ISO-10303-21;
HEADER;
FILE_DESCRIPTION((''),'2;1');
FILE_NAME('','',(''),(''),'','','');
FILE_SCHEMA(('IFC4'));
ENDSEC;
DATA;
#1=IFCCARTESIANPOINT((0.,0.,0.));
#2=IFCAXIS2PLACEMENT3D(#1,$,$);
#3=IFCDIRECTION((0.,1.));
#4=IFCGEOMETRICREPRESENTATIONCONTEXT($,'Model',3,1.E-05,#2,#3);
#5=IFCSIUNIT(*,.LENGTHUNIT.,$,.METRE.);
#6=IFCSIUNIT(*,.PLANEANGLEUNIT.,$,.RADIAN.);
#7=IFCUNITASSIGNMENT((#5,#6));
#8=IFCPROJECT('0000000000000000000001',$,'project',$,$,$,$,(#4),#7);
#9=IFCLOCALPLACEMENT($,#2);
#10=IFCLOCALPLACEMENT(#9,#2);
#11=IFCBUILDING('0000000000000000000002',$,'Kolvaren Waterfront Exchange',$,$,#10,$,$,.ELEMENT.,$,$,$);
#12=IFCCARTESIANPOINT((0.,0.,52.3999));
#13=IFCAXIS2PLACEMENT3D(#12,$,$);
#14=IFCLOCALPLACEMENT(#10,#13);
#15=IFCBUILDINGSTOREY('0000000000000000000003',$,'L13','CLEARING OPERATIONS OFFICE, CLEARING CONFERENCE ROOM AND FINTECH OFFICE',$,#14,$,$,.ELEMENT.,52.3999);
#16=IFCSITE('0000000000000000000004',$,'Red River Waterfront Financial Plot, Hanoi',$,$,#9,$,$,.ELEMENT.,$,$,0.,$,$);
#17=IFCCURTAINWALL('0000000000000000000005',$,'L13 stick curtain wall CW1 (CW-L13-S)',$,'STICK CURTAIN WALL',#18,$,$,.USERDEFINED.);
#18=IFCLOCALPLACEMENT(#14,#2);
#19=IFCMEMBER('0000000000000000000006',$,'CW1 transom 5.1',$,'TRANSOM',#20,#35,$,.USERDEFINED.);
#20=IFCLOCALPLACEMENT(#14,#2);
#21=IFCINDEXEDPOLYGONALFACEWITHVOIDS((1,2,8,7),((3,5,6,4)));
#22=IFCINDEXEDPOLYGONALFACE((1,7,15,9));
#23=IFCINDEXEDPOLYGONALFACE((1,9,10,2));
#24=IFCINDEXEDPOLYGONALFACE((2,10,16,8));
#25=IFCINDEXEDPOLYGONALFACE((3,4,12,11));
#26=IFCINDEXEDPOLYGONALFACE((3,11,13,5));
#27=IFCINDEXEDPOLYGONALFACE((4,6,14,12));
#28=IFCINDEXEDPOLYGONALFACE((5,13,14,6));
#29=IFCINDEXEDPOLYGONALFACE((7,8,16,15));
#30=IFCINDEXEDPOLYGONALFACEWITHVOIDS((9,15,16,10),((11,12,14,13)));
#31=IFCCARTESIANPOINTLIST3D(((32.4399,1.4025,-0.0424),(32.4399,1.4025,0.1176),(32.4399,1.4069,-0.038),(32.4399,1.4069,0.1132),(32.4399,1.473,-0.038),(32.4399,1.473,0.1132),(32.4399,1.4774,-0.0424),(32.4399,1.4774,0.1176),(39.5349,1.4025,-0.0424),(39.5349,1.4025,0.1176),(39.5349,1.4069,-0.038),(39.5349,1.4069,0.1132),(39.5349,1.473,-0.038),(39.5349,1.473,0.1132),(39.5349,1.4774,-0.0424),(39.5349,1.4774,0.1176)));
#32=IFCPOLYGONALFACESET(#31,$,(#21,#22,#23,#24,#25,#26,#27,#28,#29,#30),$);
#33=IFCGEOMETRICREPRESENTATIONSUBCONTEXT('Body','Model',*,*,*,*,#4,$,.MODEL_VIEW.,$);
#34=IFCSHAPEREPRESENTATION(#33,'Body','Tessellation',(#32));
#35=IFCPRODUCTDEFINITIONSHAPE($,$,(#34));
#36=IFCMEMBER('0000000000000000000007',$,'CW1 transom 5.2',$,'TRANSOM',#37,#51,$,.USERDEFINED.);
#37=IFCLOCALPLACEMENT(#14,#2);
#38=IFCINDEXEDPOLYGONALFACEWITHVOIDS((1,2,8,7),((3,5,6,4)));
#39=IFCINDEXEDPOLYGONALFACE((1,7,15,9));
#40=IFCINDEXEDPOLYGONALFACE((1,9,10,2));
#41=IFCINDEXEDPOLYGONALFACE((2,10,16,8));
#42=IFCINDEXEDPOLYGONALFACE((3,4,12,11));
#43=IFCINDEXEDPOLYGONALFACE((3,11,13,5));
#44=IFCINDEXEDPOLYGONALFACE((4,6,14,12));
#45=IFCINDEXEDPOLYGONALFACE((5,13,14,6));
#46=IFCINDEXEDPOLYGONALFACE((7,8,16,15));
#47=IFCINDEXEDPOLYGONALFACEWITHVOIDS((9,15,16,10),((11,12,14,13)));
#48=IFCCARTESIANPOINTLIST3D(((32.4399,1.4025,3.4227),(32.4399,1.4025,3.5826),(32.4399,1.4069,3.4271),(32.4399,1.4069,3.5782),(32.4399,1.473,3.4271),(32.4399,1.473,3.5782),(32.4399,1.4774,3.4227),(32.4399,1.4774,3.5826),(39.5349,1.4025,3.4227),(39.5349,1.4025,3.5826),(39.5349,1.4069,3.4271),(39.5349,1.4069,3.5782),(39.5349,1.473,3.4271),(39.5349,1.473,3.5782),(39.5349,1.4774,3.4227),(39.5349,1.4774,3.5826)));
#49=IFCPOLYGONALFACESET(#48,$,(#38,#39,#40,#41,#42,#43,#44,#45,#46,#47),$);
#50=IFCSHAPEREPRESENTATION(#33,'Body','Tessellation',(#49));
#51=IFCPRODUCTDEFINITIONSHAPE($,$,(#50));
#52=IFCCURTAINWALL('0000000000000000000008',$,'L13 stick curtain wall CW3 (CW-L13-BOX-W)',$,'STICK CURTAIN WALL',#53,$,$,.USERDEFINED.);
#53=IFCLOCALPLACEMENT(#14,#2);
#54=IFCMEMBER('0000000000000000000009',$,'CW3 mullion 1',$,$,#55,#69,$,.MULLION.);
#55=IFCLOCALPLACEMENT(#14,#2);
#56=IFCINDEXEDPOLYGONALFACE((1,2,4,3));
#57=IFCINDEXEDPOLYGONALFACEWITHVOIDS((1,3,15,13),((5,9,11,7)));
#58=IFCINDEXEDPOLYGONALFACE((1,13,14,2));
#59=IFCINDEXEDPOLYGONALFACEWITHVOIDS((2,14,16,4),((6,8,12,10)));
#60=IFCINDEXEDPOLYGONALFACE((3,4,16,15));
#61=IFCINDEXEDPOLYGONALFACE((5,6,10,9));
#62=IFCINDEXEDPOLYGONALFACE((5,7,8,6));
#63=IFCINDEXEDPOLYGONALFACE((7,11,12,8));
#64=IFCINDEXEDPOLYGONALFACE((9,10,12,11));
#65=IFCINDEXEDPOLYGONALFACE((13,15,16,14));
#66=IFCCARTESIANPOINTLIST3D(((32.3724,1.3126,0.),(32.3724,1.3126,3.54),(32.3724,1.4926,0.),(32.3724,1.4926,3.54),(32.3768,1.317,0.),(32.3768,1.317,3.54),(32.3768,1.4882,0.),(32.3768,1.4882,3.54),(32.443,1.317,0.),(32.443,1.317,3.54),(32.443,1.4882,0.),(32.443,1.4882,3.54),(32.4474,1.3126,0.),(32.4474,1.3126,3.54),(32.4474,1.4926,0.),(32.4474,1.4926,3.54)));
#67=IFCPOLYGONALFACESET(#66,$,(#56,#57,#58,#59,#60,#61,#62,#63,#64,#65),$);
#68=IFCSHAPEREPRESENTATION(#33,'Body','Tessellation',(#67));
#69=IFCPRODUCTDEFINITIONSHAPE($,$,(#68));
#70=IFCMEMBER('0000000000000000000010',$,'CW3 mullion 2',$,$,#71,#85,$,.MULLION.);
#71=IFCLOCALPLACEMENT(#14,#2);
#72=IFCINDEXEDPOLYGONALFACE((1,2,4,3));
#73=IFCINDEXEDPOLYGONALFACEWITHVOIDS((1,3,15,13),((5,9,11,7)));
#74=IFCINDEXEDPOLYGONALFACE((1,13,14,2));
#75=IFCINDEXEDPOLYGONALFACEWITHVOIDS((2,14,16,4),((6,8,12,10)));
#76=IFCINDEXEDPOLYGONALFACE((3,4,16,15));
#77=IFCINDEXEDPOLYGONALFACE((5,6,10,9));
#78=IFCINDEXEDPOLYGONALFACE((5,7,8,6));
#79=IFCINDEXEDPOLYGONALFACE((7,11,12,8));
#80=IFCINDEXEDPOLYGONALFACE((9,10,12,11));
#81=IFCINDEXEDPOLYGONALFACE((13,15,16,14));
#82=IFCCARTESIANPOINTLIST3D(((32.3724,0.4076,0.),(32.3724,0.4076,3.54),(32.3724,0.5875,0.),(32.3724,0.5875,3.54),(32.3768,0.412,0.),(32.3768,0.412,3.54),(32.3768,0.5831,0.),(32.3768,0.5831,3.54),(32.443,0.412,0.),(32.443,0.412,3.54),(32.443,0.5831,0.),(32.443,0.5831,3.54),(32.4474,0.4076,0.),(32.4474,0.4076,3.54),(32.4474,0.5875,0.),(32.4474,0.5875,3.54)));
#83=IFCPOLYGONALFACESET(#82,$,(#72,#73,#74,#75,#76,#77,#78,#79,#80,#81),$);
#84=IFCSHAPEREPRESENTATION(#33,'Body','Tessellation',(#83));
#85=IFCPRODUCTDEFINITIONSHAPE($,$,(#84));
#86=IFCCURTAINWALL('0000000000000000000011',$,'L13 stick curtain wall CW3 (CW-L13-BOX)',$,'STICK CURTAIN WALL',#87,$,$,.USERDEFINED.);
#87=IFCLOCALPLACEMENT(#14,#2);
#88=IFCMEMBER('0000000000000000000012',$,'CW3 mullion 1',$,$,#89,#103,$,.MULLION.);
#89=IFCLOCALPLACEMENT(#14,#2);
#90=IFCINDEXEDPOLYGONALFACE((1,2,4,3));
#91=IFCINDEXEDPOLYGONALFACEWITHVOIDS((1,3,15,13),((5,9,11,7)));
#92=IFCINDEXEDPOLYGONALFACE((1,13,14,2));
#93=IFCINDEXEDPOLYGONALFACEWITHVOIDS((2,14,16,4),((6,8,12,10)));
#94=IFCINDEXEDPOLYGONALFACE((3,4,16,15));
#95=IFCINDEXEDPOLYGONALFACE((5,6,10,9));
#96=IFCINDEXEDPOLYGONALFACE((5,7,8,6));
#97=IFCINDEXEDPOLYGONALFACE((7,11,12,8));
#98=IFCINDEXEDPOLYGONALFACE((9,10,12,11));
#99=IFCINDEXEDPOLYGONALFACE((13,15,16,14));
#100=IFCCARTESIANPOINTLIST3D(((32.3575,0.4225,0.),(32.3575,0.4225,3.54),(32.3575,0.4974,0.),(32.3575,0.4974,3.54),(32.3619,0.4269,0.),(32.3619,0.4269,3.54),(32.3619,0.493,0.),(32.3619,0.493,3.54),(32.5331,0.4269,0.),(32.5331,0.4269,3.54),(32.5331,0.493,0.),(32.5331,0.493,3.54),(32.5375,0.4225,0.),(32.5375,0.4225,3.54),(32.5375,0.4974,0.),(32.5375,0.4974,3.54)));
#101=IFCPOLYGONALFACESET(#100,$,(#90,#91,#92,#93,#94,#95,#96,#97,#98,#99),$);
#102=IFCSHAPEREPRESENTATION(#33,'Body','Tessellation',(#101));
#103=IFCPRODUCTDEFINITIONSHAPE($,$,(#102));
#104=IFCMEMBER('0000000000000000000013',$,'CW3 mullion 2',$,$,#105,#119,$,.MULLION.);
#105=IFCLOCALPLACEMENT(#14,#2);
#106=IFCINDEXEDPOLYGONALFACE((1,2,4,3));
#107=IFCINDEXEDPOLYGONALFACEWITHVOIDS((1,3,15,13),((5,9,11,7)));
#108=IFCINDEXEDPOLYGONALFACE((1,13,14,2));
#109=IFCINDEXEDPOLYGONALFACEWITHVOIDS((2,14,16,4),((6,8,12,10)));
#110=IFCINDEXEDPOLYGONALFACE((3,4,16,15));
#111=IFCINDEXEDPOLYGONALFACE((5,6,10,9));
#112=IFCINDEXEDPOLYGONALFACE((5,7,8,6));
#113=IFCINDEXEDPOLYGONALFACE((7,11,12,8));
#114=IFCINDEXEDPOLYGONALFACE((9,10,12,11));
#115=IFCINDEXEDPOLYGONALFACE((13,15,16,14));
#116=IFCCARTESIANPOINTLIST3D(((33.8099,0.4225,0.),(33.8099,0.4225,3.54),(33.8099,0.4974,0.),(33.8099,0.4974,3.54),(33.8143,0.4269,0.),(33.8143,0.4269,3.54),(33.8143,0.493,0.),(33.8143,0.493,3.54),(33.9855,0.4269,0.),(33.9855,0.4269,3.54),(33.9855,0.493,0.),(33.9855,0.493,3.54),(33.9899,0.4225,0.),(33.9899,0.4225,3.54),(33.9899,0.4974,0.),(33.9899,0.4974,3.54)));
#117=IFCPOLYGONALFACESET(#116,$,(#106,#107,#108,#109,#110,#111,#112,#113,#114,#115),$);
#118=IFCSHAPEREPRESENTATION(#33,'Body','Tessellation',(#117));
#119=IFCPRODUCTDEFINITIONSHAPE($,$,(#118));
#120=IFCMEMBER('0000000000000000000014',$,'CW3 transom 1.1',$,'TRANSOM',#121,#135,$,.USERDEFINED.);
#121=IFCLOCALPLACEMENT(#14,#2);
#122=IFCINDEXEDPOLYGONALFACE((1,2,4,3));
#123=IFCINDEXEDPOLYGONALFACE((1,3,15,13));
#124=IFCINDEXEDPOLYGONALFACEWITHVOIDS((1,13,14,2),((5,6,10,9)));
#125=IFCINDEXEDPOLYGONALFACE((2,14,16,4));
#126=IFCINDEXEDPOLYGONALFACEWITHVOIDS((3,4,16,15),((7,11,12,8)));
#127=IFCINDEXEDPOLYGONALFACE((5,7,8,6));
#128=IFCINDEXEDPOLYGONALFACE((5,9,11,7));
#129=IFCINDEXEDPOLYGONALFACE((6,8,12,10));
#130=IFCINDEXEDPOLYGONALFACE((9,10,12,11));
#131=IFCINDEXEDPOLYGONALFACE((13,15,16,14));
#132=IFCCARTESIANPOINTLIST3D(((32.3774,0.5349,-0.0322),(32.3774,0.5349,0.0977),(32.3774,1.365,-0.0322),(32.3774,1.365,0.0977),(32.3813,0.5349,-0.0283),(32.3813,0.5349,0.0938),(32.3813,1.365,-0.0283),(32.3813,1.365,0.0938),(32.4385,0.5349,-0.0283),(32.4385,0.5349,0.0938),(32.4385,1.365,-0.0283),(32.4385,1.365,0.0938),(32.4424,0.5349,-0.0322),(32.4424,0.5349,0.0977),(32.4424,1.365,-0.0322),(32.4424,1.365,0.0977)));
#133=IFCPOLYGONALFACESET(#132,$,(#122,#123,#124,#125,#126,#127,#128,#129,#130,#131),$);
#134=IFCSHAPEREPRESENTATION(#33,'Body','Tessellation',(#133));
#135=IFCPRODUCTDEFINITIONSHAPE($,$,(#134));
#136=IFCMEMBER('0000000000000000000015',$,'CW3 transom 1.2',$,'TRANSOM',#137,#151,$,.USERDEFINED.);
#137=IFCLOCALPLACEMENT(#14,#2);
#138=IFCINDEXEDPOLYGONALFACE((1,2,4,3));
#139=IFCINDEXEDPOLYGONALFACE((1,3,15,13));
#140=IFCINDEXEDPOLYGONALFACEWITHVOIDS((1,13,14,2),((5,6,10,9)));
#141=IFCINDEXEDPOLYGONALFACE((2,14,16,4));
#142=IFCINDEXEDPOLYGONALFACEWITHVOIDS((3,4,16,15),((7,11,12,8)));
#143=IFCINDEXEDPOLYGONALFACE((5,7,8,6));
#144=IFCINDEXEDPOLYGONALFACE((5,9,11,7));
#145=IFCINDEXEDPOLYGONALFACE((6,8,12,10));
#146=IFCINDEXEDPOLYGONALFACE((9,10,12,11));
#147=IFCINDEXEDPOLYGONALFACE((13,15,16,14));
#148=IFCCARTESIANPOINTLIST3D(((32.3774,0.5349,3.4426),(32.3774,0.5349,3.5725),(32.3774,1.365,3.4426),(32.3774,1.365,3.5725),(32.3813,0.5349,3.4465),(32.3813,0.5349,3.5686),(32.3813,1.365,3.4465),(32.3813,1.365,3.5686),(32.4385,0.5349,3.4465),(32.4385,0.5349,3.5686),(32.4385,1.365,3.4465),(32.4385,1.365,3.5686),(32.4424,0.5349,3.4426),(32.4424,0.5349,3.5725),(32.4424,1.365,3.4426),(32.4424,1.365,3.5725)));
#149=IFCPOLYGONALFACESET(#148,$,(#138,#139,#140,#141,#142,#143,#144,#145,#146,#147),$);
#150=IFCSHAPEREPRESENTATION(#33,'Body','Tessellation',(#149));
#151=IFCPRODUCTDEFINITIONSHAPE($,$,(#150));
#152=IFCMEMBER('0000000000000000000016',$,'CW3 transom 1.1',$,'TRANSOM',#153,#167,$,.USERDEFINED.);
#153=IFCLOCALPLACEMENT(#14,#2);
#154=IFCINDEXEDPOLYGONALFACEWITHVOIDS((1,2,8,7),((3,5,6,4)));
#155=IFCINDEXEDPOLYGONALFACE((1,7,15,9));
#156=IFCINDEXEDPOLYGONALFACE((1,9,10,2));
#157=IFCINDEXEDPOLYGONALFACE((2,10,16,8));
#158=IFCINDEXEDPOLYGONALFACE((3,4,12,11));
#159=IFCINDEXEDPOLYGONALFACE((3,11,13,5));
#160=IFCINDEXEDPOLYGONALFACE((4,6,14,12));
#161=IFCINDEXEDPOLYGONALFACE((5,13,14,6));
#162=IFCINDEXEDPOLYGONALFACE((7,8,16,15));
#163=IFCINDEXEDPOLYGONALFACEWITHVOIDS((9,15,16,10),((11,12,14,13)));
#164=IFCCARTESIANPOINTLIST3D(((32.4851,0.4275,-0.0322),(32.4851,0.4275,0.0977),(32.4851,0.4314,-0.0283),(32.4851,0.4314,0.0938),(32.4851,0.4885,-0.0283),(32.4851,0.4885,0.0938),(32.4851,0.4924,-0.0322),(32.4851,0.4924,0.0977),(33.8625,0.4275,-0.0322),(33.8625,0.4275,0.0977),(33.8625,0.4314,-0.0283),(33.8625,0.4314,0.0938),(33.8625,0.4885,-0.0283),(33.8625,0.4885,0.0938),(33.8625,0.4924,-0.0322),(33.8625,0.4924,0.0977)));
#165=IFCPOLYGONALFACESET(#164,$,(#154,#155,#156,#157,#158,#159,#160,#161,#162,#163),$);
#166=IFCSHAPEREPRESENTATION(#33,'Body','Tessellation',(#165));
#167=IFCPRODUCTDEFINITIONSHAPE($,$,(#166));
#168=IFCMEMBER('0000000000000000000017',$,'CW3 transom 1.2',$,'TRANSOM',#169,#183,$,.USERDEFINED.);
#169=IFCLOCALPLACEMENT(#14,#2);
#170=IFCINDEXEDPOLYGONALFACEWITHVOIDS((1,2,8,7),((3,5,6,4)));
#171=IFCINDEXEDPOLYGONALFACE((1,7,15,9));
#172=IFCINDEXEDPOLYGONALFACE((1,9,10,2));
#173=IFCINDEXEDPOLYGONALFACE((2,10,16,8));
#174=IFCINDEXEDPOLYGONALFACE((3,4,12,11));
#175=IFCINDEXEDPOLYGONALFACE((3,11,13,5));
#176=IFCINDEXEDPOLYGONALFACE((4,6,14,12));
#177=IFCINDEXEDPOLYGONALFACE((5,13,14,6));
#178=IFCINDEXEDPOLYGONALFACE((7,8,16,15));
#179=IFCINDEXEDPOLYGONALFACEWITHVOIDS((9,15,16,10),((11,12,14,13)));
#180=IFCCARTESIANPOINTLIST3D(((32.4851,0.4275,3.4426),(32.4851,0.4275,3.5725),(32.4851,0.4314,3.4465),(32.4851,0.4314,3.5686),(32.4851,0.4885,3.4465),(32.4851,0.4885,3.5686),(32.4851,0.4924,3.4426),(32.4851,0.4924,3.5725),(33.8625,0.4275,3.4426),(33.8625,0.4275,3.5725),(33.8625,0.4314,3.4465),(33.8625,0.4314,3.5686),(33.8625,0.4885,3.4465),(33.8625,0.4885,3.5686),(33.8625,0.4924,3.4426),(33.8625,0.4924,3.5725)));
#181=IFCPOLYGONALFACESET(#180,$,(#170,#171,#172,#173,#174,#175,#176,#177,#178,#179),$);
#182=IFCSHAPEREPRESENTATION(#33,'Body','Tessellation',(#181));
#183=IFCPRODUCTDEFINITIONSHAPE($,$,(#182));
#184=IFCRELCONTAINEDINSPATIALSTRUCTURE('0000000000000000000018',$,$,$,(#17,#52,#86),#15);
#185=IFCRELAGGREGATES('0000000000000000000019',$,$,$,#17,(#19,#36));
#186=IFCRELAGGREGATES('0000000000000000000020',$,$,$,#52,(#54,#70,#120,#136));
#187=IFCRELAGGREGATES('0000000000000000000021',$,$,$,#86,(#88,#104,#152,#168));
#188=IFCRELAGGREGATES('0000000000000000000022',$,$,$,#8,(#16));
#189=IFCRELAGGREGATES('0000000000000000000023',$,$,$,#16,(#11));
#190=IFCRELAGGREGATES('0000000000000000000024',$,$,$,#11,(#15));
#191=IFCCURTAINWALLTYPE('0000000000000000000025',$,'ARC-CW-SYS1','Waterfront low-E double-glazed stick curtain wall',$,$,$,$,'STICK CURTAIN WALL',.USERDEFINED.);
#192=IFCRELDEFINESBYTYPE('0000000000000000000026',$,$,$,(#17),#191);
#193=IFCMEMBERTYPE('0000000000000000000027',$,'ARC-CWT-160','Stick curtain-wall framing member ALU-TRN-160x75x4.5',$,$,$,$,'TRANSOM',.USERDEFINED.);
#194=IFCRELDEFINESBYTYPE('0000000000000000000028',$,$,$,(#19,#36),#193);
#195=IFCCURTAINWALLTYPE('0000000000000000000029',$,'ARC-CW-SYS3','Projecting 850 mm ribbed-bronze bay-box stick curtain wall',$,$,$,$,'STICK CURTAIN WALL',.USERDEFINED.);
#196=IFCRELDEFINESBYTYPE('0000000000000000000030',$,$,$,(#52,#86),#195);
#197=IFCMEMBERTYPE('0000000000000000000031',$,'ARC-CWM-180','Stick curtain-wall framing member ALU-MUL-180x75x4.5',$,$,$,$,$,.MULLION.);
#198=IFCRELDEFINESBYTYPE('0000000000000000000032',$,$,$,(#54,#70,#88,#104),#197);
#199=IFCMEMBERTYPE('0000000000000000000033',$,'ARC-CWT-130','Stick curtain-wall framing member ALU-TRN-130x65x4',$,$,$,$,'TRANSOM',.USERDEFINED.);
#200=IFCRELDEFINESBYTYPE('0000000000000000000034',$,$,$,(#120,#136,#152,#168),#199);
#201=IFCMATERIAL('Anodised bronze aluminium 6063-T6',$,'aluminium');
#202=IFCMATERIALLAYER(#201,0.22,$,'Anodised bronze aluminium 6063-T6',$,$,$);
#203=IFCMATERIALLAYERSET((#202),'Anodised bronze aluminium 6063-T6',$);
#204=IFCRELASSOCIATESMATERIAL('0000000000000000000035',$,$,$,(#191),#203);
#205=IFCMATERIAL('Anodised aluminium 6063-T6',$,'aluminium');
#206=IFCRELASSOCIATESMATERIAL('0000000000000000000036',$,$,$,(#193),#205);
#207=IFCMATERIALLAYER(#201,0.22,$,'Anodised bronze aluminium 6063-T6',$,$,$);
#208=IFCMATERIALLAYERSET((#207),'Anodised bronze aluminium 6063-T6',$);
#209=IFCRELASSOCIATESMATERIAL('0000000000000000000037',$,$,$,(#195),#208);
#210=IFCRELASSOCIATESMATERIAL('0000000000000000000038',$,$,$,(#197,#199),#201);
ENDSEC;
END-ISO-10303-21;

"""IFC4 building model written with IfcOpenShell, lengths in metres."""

from ifc_helpers import new_model, si_unit, direction, frame, origin, origin_with_axes, origin_2d, place, context, subcontext, project, spatial, hollow_rectangle, extrude, source, transform, mapped, material, layer, layer_set, material_profile, profile_set, type_object, element, aggregate, save


model = new_model("IFC4")

# Units and contexts
model_context = context("Model", 3, precision=1e-05, world=origin(), true_north=direction((0.0, 1.0)))
body_context = subcontext(model_context, "Body", "Model", "MODEL_VIEW")
ifc_project = project(units=[si_unit("LENGTHUNIT", "METRE"), si_unit("PLANEANGLEUNIT", "RADIAN")], contexts=[model_context])

# Site, building, storey
site_placement = place(None, origin())
site = spatial("IfcSite", under=ifc_project, at=site_placement, Name="Red River Waterfront Financial Plot, Hanoi", CompositionType="ELEMENT", RefElevation=0.0)
building_placement = place(site_placement, origin())
building = spatial("IfcBuilding", under=site, at=building_placement, Name="Kolvaren Waterfront Exchange", CompositionType="ELEMENT")
storey_placement = place(building_placement, frame((0.0, 0.0, 52.3999)))
storey = spatial("IfcBuildingStorey", under=building, at=storey_placement, Name="L13", Description="CLEARING OPERATIONS OFFICE, CLEARING CONFERENCE ROOM AND FINTECH OFFICE", CompositionType="ELEMENT", Elevation=52.3999)

# Curtain walls, members
ifc_material_1 = material(Name="Anodised bronze aluminium 6063-T6", Category="aluminium")
ifc_layer_1 = layer(ifc_material_1, 0.22, Name="Anodised bronze aluminium 6063-T6")
ifc_layer_set_1 = layer_set([ifc_layer_1], Name="Anodised bronze aluminium 6063-T6")
curtain_wall_type_1 = type_object("IfcCurtainWallType", Name="ARC-CW-SYS1", Description="Waterfront low-E double-glazed stick curtain wall", ElementType="STICK CURTAIN WALL", PredefinedType="USERDEFINED", material=ifc_layer_set_1)
curtain_wall_1_placement = place(storey_placement, origin())
curtain_wall_1 = element("IfcCurtainWall", 1, at=curtain_wall_1_placement, inside=storey, type_object=curtain_wall_type_1, Name="L13 stick curtain wall CW1 (CW-L13-S)", ObjectType="STICK CURTAIN WALL", PredefinedType="USERDEFINED")
ifc_material_2 = material(Name="Anodised aluminium 6063-T6", Category="aluminium")
ifc_material_profile_1 = material_profile(ifc_material_2, hollow_rectangle(XDim=0.075, YDim=0.1599, WallThickness=0.0044, at=origin_2d()), Name="ALU-TRN-160x75x4.5")
ifc_profile_set_1 = profile_set([ifc_material_profile_1], Name="Anodised aluminium 6063-T6")
member_type_1 = type_object("IfcMemberType", Name="ARC-CWT-160", Description="Stick curtain-wall framing member ALU-TRN-160x75x4.5", ElementType="TRANSOM", PredefinedType="USERDEFINED", material=ifc_profile_set_1)
shared_shape_1 = source(origin_with_axes(), body_context, "Body", "SweptSolid", [
    extrude(hollow_rectangle(XDim=0.075, YDim=0.1599, WallThickness=0.0044, at=origin_2d()), origin(), (0.0, 0.0, 1.0), 7.095),
])
member_1_placement = place(storey_placement, frame((32.4399, 1.4399, 0.0376), z_axis=(1.0, 0.0, 0.0), x_axis=(0.0, 1.0, 0.0)))
member_1 = element("IfcMember", 2, at=member_1_placement, type_object=member_type_1, Name="CW1 transom 5.1", ObjectType="TRANSOM", PredefinedType="USERDEFINED", context=body_context, shape_type="MappedRepresentation", body=[
    mapped(shared_shape_1, transform((0.0, 0.0, 0.0), x_axis=(1.0, 0.0, 0.0), y_axis=(0.0, 1.0, 0.0), z_axis=(0.0, 0.0, 1.0), scale=1.0)),
])
member_2_placement = place(storey_placement, frame((32.4399, 1.4399, 3.5027), z_axis=(1.0, 0.0, 0.0), x_axis=(0.0, 1.0, 0.0)))
member_2 = element("IfcMember", 3, at=member_2_placement, type_object=member_type_1, Name="CW1 transom 5.2", ObjectType="TRANSOM", PredefinedType="USERDEFINED", context=body_context, shape_type="MappedRepresentation", body=[
    mapped(shared_shape_1, transform((0.0, 0.0, 0.0), x_axis=(1.0, 0.0, 0.0), y_axis=(0.0, 1.0, 0.0), z_axis=(0.0, 0.0, 1.0), scale=1.0)),
])
ifc_layer_2 = layer(ifc_material_1, 0.22, Name="Anodised bronze aluminium 6063-T6")
ifc_layer_set_2 = layer_set([ifc_layer_2], Name="Anodised bronze aluminium 6063-T6")
curtain_wall_type_2 = type_object("IfcCurtainWallType", Name="ARC-CW-SYS3", Description="Projecting 850 mm ribbed-bronze bay-box stick curtain wall", ElementType="STICK CURTAIN WALL", PredefinedType="USERDEFINED", material=ifc_layer_set_2)
curtain_wall_2_placement = place(storey_placement, origin())
curtain_wall_2 = element("IfcCurtainWall", 4, at=curtain_wall_2_placement, inside=storey, type_object=curtain_wall_type_2, Name="L13 stick curtain wall CW3 (CW-L13-BOX-W)", ObjectType="STICK CURTAIN WALL", PredefinedType="USERDEFINED")
ifc_material_profile_2 = material_profile(ifc_material_1, hollow_rectangle(XDim=0.075, YDim=0.1799, WallThickness=0.0044, at=origin_2d()), Name="ALU-MUL-180x75x4.5")
ifc_profile_set_2 = profile_set([ifc_material_profile_2], Name="Anodised bronze aluminium 6063-T6")
member_type_2 = type_object("IfcMemberType", Name="ARC-CWM-180", Description="Stick curtain-wall framing member ALU-MUL-180x75x4.5", PredefinedType="MULLION", material=ifc_profile_set_2)
shared_shape_2 = source(origin_with_axes(), body_context, "Body", "SweptSolid", [
    extrude(hollow_rectangle(XDim=0.075, YDim=0.1799, WallThickness=0.0044, at=origin_2d()), origin(), (0.0, 0.0, 1.0), 3.54),
])
member_3_placement = place(storey_placement, frame((32.4099, 1.4026, 0.0), z_axis=(0.0, 0.0, 1.0), x_axis=(1.0, 0.0, 0.0)))
member_3 = element("IfcMember", 5, at=member_3_placement, type_object=member_type_2, Name="CW3 mullion 1", PredefinedType="MULLION", context=body_context, shape_type="MappedRepresentation", body=[
    mapped(shared_shape_2, transform((0.0, 0.0, 0.0), x_axis=(1.0, 0.0, 0.0), y_axis=(0.0, 1.0, 0.0), z_axis=(0.0, 0.0, 1.0), scale=1.0)),
])
member_4_placement = place(storey_placement, frame((32.4099, 0.4976, 0.0), z_axis=(0.0, 0.0, 1.0), x_axis=(1.0, 0.0, 0.0)))
member_4 = element("IfcMember", 6, at=member_4_placement, type_object=member_type_2, Name="CW3 mullion 2", PredefinedType="MULLION", context=body_context, shape_type="MappedRepresentation", body=[
    mapped(shared_shape_2, transform((0.0, 0.0, 0.0), x_axis=(1.0, 0.0, 0.0), y_axis=(0.0, 1.0, 0.0), z_axis=(0.0, 0.0, 1.0), scale=1.0)),
])
curtain_wall_3_placement = place(storey_placement, origin())
curtain_wall_3 = element("IfcCurtainWall", 7, at=curtain_wall_3_placement, inside=storey, type_object=curtain_wall_type_2, Name="L13 stick curtain wall CW3 (CW-L13-BOX)", ObjectType="STICK CURTAIN WALL", PredefinedType="USERDEFINED")
member_5_placement = place(storey_placement, frame((32.4475, 0.46, 0.0), z_axis=(0.0, 0.0, 1.0), x_axis=(0.0, 1.0, 0.0)))
member_5 = element("IfcMember", 8, at=member_5_placement, type_object=member_type_2, Name="CW3 mullion 1", PredefinedType="MULLION", context=body_context, shape_type="MappedRepresentation", body=[
    mapped(shared_shape_2, transform((0.0, 0.0, 0.0), x_axis=(1.0, 0.0, 0.0), y_axis=(0.0, 1.0, 0.0), z_axis=(0.0, 0.0, 1.0), scale=1.0)),
])
member_6_placement = place(storey_placement, frame((33.8999, 0.46, 0.0), z_axis=(0.0, 0.0, 1.0), x_axis=(0.0, 1.0, 0.0)))
member_6 = element("IfcMember", 9, at=member_6_placement, type_object=member_type_2, Name="CW3 mullion 2", PredefinedType="MULLION", context=body_context, shape_type="MappedRepresentation", body=[
    mapped(shared_shape_2, transform((0.0, 0.0, 0.0), x_axis=(1.0, 0.0, 0.0), y_axis=(0.0, 1.0, 0.0), z_axis=(0.0, 0.0, 1.0), scale=1.0)),
])

# Members
ifc_material_profile_3 = material_profile(ifc_material_1, hollow_rectangle(XDim=0.0649, YDim=0.1299, WallThickness=0.0039, at=origin_2d()), Name="ALU-TRN-130x65x4")
ifc_profile_set_3 = profile_set([ifc_material_profile_3], Name="Anodised bronze aluminium 6063-T6")
member_type_3 = type_object("IfcMemberType", Name="ARC-CWT-130", Description="Stick curtain-wall framing member ALU-TRN-130x65x4", ElementType="TRANSOM", PredefinedType="USERDEFINED", material=ifc_profile_set_3)
shared_shape_3 = source(origin_with_axes(), body_context, "Body", "SweptSolid", [
    extrude(hollow_rectangle(XDim=0.0649, YDim=0.1299, WallThickness=0.0039, at=origin_2d()), origin(), (0.0, 0.0, 1.0), 0.8301),
])
member_7_placement = place(storey_placement, frame((32.4099, 1.365, 0.0327), z_axis=(0.0, -1.0, 0.0), x_axis=(1.0, 0.0, 0.0)))
member_7 = element("IfcMember", 10, at=member_7_placement, type_object=member_type_3, Name="CW3 transom 1.1", ObjectType="TRANSOM", PredefinedType="USERDEFINED", context=body_context, shape_type="MappedRepresentation", body=[
    mapped(shared_shape_3, transform((0.0, 0.0, 0.0), x_axis=(1.0, 0.0, 0.0), y_axis=(0.0, 1.0, 0.0), z_axis=(0.0, 0.0, 1.0), scale=1.0)),
])
member_8_placement = place(storey_placement, frame((32.4099, 1.365, 3.5076), z_axis=(0.0, -1.0, 0.0), x_axis=(1.0, 0.0, 0.0)))
member_8 = element("IfcMember", 11, at=member_8_placement, type_object=member_type_3, Name="CW3 transom 1.2", ObjectType="TRANSOM", PredefinedType="USERDEFINED", context=body_context, shape_type="MappedRepresentation", body=[
    mapped(shared_shape_3, transform((0.0, 0.0, 0.0), x_axis=(1.0, 0.0, 0.0), y_axis=(0.0, 1.0, 0.0), z_axis=(0.0, 0.0, 1.0), scale=1.0)),
])
shared_shape_4 = source(origin_with_axes(), body_context, "Body", "SweptSolid", [
    extrude(hollow_rectangle(XDim=0.0649, YDim=0.1299, WallThickness=0.0039, at=origin_2d()), origin(), (0.0, 0.0, 1.0), 1.3774),
])
member_9_placement = place(storey_placement, frame((32.4851, 0.46, 0.0327), z_axis=(1.0, 0.0, 0.0), x_axis=(0.0, 1.0, 0.0)))
member_9 = element("IfcMember", 12, at=member_9_placement, type_object=member_type_3, Name="CW3 transom 1.1", ObjectType="TRANSOM", PredefinedType="USERDEFINED", context=body_context, shape_type="MappedRepresentation", body=[
    mapped(shared_shape_4, transform((0.0, 0.0, 0.0), x_axis=(1.0, 0.0, 0.0), y_axis=(0.0, 1.0, 0.0), z_axis=(0.0, 0.0, 1.0), scale=1.0)),
])
member_10_placement = place(storey_placement, frame((32.4851, 0.46, 3.5076), z_axis=(1.0, 0.0, 0.0), x_axis=(0.0, 1.0, 0.0)))
member_10 = element("IfcMember", 13, at=member_10_placement, type_object=member_type_3, Name="CW3 transom 1.2", ObjectType="TRANSOM", PredefinedType="USERDEFINED", context=body_context, shape_type="MappedRepresentation", body=[
    mapped(shared_shape_4, transform((0.0, 0.0, 0.0), x_axis=(1.0, 0.0, 0.0), y_axis=(0.0, 1.0, 0.0), z_axis=(0.0, 0.0, 1.0), scale=1.0)),
])
aggregate(curtain_wall_1, [member_1, member_2])

aggregate(curtain_wall_2, [member_3, member_4, member_7, member_8])
aggregate(curtain_wall_3, [member_5, member_6, member_9, member_10])

save(model, "model.ifc")
